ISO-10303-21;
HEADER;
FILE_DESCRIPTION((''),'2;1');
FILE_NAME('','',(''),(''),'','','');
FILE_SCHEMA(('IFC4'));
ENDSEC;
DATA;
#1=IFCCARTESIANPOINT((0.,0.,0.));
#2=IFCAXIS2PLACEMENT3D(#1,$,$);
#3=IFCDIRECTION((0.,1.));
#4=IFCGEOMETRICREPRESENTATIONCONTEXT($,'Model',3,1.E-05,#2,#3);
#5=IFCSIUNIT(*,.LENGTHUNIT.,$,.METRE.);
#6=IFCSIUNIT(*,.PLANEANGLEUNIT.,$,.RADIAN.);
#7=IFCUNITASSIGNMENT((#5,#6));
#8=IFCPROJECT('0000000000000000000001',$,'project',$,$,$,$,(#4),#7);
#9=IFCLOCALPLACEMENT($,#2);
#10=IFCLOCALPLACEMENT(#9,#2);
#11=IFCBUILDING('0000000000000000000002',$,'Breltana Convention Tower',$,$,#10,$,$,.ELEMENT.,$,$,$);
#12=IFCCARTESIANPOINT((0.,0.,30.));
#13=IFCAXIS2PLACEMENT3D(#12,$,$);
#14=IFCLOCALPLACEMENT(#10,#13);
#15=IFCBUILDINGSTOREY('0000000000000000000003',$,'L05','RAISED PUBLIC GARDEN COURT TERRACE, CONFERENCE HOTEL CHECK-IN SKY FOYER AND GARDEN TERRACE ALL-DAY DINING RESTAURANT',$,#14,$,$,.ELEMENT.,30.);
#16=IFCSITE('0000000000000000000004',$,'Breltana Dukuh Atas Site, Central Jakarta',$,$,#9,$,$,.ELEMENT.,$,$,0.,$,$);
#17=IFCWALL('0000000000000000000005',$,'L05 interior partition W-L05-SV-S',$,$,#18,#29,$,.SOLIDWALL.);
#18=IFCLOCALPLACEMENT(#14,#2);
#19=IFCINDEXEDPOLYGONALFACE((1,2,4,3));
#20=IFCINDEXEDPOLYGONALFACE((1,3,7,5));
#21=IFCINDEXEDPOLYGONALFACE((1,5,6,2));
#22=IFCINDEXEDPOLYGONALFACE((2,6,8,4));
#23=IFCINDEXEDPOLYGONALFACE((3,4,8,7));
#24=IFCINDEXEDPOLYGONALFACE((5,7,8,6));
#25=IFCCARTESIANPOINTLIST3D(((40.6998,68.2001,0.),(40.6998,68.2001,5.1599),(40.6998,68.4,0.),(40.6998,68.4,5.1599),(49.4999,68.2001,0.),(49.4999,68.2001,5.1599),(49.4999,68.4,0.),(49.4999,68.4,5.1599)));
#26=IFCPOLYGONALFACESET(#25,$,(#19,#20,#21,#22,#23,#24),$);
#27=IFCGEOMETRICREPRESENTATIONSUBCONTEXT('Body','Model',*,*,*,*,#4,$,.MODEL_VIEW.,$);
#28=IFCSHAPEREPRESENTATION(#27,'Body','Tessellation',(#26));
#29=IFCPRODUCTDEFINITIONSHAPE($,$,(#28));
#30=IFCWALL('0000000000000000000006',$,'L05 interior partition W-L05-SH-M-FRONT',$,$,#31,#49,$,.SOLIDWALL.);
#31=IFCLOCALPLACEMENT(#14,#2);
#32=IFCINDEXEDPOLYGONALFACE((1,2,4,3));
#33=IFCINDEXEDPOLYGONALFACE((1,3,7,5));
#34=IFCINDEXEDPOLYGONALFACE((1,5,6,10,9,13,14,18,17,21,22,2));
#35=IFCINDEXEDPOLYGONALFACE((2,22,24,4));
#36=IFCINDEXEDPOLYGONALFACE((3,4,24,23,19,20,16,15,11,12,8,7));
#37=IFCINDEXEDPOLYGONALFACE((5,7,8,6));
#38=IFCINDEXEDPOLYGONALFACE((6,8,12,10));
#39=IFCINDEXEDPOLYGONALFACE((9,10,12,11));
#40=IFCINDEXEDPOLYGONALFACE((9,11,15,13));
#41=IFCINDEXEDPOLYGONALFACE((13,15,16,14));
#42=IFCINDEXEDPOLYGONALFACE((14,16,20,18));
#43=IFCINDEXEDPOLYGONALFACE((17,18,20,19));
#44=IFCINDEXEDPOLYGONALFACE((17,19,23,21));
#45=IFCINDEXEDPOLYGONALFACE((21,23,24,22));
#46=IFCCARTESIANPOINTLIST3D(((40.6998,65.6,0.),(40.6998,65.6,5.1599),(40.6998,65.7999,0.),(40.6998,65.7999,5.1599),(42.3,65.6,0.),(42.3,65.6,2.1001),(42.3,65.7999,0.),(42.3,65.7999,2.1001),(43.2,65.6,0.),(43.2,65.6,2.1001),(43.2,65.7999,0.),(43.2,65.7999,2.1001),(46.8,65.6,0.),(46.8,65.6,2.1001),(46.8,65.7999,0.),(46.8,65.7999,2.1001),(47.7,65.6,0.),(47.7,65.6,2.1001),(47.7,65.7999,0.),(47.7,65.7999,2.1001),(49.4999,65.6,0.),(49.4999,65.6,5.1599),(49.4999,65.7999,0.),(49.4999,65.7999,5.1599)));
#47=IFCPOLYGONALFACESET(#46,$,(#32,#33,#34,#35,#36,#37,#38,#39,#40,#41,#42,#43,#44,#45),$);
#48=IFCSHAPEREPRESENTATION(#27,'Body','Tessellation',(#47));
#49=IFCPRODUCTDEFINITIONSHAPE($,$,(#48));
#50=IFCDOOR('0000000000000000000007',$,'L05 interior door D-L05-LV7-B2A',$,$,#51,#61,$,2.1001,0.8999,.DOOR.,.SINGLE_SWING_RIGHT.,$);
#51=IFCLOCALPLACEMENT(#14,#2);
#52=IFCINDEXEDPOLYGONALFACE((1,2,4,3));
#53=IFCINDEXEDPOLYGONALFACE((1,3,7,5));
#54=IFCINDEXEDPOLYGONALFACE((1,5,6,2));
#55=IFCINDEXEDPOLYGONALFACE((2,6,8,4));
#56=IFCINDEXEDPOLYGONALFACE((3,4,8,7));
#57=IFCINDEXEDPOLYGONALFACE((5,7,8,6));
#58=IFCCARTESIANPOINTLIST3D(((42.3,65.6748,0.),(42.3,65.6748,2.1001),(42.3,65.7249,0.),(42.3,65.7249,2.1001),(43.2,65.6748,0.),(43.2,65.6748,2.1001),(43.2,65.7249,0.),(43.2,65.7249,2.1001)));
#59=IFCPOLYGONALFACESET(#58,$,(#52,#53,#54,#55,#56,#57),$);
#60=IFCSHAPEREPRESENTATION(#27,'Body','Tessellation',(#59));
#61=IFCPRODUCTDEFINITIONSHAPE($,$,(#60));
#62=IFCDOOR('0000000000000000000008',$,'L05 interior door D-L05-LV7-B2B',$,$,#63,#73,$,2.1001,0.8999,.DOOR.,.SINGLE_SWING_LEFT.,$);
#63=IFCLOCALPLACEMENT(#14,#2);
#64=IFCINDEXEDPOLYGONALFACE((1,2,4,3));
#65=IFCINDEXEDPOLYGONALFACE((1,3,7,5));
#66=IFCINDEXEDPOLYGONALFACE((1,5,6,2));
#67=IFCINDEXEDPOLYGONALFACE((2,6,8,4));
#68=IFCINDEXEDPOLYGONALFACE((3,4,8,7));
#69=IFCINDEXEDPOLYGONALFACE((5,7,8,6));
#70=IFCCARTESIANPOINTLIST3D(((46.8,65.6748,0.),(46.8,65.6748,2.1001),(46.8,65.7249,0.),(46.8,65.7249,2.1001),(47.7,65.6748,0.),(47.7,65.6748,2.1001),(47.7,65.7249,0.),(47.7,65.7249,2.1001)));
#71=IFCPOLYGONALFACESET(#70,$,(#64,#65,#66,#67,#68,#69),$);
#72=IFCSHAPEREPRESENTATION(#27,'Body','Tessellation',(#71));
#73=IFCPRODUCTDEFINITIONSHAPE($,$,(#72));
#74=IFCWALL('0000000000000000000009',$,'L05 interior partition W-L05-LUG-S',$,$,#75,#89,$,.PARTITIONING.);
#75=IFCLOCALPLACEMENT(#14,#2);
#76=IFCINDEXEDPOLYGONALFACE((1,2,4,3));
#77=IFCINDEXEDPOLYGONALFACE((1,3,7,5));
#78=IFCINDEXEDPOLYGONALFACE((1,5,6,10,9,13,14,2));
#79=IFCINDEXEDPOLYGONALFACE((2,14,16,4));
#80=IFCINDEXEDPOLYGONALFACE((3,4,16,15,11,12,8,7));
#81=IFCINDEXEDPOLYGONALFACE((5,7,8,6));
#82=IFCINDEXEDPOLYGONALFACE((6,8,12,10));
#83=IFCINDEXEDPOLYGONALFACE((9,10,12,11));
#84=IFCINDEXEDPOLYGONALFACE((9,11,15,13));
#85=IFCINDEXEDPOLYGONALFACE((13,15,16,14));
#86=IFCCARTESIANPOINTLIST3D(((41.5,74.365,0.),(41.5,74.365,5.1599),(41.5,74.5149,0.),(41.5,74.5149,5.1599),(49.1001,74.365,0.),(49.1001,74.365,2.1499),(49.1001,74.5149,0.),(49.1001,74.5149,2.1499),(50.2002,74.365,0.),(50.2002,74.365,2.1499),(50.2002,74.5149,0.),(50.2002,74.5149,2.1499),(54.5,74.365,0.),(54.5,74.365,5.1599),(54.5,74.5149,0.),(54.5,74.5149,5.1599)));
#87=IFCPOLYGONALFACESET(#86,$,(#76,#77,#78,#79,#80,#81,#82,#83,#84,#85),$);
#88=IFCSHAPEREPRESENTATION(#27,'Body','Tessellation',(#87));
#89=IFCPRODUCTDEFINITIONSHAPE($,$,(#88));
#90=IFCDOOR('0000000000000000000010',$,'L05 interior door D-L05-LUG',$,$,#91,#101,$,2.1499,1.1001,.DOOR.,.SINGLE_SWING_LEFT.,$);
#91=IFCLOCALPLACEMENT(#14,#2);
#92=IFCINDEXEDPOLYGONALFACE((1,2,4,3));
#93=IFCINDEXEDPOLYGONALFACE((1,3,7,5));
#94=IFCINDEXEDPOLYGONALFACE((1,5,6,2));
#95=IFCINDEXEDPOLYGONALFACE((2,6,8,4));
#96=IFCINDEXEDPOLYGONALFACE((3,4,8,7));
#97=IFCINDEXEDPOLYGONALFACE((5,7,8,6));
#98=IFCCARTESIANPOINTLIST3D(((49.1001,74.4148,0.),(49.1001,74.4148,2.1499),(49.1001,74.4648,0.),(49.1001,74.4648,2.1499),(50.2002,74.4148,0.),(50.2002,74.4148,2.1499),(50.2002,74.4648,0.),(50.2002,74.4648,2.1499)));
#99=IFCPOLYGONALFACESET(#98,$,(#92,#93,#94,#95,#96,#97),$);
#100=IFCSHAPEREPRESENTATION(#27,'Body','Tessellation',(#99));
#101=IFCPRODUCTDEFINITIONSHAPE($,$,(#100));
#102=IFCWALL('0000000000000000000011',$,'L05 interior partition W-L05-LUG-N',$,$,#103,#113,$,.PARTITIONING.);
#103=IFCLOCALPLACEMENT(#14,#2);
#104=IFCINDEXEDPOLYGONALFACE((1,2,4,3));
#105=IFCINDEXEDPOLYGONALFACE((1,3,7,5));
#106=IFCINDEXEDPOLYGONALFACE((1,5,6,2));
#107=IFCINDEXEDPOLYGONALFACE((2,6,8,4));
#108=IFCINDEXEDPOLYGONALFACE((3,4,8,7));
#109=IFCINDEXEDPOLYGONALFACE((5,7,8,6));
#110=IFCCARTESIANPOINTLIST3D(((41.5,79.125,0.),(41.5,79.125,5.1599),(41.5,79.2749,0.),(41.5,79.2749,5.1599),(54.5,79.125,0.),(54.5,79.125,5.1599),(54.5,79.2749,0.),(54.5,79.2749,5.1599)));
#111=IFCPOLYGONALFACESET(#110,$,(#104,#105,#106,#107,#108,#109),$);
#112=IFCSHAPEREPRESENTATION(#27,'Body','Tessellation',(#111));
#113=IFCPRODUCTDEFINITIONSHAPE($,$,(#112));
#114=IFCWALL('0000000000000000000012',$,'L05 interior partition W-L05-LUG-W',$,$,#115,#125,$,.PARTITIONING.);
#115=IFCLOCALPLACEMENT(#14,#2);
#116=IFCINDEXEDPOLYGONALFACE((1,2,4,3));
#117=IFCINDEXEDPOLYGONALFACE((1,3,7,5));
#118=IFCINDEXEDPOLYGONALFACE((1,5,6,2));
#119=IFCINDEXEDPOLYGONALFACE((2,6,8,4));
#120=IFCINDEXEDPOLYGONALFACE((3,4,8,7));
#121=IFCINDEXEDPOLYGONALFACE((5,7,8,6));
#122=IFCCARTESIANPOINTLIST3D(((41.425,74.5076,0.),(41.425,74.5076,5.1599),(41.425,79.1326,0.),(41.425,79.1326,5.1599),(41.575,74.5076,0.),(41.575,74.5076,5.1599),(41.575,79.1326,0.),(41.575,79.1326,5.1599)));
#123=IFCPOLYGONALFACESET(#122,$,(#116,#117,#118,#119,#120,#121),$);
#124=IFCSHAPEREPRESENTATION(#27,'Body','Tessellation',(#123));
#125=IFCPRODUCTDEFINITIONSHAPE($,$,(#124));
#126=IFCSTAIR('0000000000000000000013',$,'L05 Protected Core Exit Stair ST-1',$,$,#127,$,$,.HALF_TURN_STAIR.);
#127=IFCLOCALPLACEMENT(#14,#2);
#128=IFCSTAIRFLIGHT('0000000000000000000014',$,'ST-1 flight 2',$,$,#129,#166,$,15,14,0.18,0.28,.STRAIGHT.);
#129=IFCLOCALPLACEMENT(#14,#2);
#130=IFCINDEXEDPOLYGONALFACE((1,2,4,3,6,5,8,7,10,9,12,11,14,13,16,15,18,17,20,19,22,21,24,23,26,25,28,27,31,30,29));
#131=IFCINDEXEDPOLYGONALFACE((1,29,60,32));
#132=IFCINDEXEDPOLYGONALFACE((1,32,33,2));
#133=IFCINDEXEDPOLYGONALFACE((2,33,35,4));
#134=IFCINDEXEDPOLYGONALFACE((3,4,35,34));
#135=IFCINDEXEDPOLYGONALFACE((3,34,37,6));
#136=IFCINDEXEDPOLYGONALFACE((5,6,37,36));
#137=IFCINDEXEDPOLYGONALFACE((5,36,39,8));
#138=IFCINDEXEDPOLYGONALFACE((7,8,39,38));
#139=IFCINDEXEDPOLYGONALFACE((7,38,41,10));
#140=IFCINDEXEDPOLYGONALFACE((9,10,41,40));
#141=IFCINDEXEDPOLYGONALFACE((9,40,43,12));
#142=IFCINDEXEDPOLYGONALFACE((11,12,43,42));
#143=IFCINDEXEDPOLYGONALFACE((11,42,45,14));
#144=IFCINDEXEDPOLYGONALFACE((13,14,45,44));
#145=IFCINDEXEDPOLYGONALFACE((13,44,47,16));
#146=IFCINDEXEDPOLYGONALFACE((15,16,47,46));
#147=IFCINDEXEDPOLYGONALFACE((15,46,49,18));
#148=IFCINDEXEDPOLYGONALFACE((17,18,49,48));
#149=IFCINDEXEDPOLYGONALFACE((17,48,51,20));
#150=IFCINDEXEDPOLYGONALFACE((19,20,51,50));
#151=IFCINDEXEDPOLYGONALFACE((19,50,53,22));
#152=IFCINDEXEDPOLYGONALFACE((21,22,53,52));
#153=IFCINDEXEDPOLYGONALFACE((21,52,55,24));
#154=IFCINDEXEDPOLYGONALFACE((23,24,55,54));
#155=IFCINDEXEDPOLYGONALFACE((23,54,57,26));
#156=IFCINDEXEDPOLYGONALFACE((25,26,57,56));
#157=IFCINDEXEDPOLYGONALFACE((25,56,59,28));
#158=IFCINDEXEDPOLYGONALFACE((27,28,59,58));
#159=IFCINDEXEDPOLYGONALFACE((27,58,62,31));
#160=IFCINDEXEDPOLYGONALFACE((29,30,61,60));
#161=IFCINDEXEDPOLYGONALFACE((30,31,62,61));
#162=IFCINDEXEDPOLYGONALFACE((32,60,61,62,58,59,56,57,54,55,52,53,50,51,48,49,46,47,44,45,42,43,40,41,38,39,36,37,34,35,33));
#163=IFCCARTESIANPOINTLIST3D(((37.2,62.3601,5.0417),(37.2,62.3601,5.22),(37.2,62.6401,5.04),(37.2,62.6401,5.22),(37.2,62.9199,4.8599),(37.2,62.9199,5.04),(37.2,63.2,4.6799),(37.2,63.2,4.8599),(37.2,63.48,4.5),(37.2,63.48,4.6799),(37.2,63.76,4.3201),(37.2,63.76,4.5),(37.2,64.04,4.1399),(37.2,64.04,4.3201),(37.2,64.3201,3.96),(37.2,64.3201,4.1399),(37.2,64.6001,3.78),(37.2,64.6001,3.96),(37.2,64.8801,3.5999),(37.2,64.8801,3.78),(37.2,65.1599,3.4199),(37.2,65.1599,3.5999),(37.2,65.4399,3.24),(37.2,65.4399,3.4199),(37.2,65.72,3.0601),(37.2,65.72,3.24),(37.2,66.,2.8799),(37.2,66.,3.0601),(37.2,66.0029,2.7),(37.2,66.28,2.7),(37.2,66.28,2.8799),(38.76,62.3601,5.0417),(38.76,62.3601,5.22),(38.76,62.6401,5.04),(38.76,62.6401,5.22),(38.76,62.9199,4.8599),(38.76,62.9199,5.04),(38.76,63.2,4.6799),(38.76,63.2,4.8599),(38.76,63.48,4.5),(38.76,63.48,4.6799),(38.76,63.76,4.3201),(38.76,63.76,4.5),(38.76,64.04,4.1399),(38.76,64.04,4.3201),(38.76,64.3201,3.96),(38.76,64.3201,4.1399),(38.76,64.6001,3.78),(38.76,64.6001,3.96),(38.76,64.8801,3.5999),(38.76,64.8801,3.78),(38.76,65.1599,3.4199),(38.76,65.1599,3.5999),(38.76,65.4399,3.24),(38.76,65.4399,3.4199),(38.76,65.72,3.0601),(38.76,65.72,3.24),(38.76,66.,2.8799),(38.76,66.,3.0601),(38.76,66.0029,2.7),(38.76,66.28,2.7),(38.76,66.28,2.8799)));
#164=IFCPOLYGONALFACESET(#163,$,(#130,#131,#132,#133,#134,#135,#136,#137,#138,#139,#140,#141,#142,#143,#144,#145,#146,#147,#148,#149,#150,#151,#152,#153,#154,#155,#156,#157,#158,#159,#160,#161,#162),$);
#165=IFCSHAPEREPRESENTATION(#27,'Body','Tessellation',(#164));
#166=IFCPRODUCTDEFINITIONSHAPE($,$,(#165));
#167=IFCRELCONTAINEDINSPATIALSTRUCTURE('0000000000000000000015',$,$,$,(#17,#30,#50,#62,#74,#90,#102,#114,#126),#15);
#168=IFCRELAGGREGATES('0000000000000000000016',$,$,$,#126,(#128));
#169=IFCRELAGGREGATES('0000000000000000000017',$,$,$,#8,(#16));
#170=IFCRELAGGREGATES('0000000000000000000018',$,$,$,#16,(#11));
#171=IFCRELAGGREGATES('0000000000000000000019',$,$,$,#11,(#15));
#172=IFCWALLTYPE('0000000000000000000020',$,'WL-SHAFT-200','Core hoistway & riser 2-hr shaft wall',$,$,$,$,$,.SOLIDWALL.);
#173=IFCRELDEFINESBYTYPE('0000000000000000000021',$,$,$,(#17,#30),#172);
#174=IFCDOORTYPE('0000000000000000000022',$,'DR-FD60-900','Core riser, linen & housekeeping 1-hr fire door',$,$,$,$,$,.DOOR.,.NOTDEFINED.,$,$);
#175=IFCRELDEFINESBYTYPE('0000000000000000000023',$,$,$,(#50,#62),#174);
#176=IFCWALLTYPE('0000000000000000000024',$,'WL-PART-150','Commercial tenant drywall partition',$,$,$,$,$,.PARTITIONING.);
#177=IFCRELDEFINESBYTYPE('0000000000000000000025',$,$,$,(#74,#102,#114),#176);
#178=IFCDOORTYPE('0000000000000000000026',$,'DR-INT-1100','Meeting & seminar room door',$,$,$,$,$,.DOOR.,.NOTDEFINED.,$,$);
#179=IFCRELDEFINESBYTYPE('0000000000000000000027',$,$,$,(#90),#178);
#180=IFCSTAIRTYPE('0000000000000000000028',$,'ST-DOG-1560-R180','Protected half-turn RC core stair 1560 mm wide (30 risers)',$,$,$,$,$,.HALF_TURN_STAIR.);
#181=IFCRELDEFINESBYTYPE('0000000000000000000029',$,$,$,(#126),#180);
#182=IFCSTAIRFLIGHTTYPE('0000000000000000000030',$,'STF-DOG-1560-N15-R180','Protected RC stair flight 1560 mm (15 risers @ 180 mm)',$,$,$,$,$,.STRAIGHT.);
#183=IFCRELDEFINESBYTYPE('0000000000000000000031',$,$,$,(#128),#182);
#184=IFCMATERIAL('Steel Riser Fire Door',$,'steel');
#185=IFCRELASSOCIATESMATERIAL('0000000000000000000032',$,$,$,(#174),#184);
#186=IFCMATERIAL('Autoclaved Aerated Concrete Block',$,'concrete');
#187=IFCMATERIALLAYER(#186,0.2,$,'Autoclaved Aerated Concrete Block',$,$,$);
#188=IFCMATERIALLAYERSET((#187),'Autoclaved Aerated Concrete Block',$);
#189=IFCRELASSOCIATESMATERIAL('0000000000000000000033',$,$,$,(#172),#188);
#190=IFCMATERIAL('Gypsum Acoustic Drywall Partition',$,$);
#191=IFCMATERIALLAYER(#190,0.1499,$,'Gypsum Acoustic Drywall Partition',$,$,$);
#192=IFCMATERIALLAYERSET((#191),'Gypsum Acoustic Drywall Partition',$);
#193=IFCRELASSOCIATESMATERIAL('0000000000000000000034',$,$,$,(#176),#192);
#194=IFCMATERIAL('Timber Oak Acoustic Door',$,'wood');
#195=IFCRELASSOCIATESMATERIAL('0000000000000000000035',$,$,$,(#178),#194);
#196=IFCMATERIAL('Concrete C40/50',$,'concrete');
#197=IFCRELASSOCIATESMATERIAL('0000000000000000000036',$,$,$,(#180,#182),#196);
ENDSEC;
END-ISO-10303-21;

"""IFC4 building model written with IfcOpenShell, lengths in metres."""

from ifc_helpers import new_model, si_unit, direction, frame, frame_2d, origin, place, context, subcontext, project, spatial, polyline, rectangle, outline, extrude, source, transform, mapped, material, layer, layer_set, type_object, type_shapes, element, fill, aggregate, save


model = new_model("IFC4")

# Units and contexts
model_context = context("Model", 3, precision=1e-05, world=origin(), true_north=direction((0.0, 1.0)))
body_context = subcontext(model_context, "Body", "Model", "MODEL_VIEW")
ifc_project = project(units=[si_unit("LENGTHUNIT", "METRE"), si_unit("PLANEANGLEUNIT", "RADIAN")], contexts=[model_context])

# Site, building, storey
site_placement = place(None, origin())
site = spatial("IfcSite", under=ifc_project, at=site_placement, Name="Breltana Dukuh Atas Site, Central Jakarta", CompositionType="ELEMENT", RefElevation=0.0)
building_placement = place(site_placement, origin())
building = spatial("IfcBuilding", under=site, at=building_placement, Name="Breltana Convention Tower", CompositionType="ELEMENT")
storey_placement = place(building_placement, frame((0.0, 0.0, 30.0)))
storey = spatial("IfcBuildingStorey", under=building, at=storey_placement, Name="L05", Description="RAISED PUBLIC GARDEN COURT TERRACE, CONFERENCE HOTEL CHECK-IN SKY FOYER AND GARDEN TERRACE ALL-DAY DINING RESTAURANT", CompositionType="ELEMENT", Elevation=30.0)

# Shared definitions
ifc_material_1 = material(Name="Steel Riser Fire Door", Category="steel")
door_type_1 = type_object("IfcDoorType", Name="DR-FD60-900", Description="Core riser, linen & housekeeping 1-hr fire door", OperationType="NOTDEFINED", PredefinedType="DOOR", material=ifc_material_1)
shared_shape_1 = source(origin(), body_context, "Body", "SweptSolid", [
    extrude(rectangle(XDim=0.8999, YDim=2.1001, at=frame_2d((0.45, 1.05))), frame((0.0, 0.0249, 0.0), z_axis=(0.0, -1.0, 0.0), x_axis=(1.0, 0.0, 0.0)), (0.0, 0.0, 1.0), 0.05),
])
type_shapes(door_type_1, [shared_shape_1])

# Wall
ifc_material_2 = material(Name="Autoclaved Aerated Concrete Block", Category="concrete")
ifc_layer_1 = layer(ifc_material_2, 0.2, Name="Autoclaved Aerated Concrete Block")
ifc_layer_set_1 = layer_set([ifc_layer_1], Name="Autoclaved Aerated Concrete Block")
wall_type_1 = type_object("IfcWallType", Name="WL-SHAFT-200", Description="Core hoistway & riser 2-hr shaft wall", PredefinedType="SOLIDWALL", material=ifc_layer_set_1)
shared_shape_2 = source(origin(), body_context, "Body", "SweptSolid", [
    extrude(rectangle(XDim=8.8, YDim=0.2, at=frame_2d((4.3999, 0.0))), origin(), (0.0, 0.0, 1.0), 5.1599),
])
wall_1_placement = place(storey_placement, frame((40.7, 68.3, 0.0), z_axis=(0.0, 0.0, 1.0), x_axis=(1.0, 0.0, 0.0)))
element("IfcWall", 1, at=wall_1_placement, inside=storey, type_object=wall_type_1, Name="L05 interior partition W-L05-SV-S", PredefinedType="SOLIDWALL", context=body_context, shape_type="MappedRepresentation", body=[
    mapped(shared_shape_2, transform((0.0, 0.0, 0.0), scale=1.0)),
])

# Wall, openings, doors
wall_2_placement = place(storey_placement, frame((40.7, 65.7, 0.0), z_axis=(0.0, 0.0, 1.0), x_axis=(1.0, 0.0, 0.0)))
wall_2 = element("IfcWall", 2, at=wall_2_placement, inside=storey, type_object=wall_type_1, Name="L05 interior partition W-L05-SH-M-FRONT", PredefinedType="SOLIDWALL", context=body_context, shape_type="MappedRepresentation", body=[
    mapped(shared_shape_2, transform((0.0, 0.0, 0.0), scale=1.0)),
])
opening_1_placement = place(wall_2_placement, frame((1.6001, 0.0, 0.0)))
opening_1 = element("IfcOpeningElement", 3, at=opening_1_placement, cuts=wall_2, PredefinedType="OPENING", context=body_context, shape_type="SweptSolid", body=[
    extrude(rectangle(XDim=0.8999, YDim=2.1001, at=frame_2d((0.45, 1.05))), frame((0.0, 0.1099, 0.0), z_axis=(0.0, -1.0, 0.0), x_axis=(1.0, 0.0, 0.0)), (0.0, 0.0, 1.0), 0.22),
])
opening_2_placement = place(wall_2_placement, frame((6.1001, 0.0, 0.0)))
opening_2 = element("IfcOpeningElement", 4, at=opening_2_placement, cuts=wall_2, PredefinedType="OPENING", context=body_context, shape_type="SweptSolid", body=[
    extrude(rectangle(XDim=0.8999, YDim=2.1001, at=frame_2d((0.45, 1.05))), frame((0.0, 0.1099, 0.0), z_axis=(0.0, -1.0, 0.0), x_axis=(1.0, 0.0, 0.0)), (0.0, 0.0, 1.0), 0.22),
])
door_1_placement = place(opening_1_placement, origin())
door_1 = element("IfcDoor", 5, at=door_1_placement, inside=storey, type_object=door_type_1, Name="L05 interior door D-L05-LV7-B2A", OperationType="SINGLE_SWING_RIGHT", OverallHeight=2.1001, OverallWidth=0.8999, PredefinedType="DOOR", context=body_context, shape_type="MappedRepresentation", body=[
    mapped(shared_shape_1, transform((0.0, 0.0, 0.0), scale=1.0)),
])
fill(opening_1, door_1)
door_2_placement = place(opening_2_placement, origin())
door_2 = element("IfcDoor", 6, at=door_2_placement, inside=storey, type_object=door_type_1, Name="L05 interior door D-L05-LV7-B2B", OperationType="SINGLE_SWING_LEFT", OverallHeight=2.1001, OverallWidth=0.8999, PredefinedType="DOOR", context=body_context, shape_type="MappedRepresentation", body=[
    mapped(shared_shape_1, transform((0.0, 0.0, 0.0), scale=1.0)),
])
fill(opening_2, door_2)

# Wall, opening, door
ifc_material_3 = material(Name="Gypsum Acoustic Drywall Partition")
ifc_layer_2 = layer(ifc_material_3, 0.1499, Name="Gypsum Acoustic Drywall Partition")
ifc_layer_set_2 = layer_set([ifc_layer_2], Name="Gypsum Acoustic Drywall Partition")
wall_type_2 = type_object("IfcWallType", Name="WL-PART-150", Description="Commercial tenant drywall partition", PredefinedType="PARTITIONING", material=ifc_layer_set_2)
shared_shape_3 = source(origin(), body_context, "Body", "SweptSolid", [
    extrude(rectangle(XDim=13.0, YDim=0.1499, at=frame_2d((6.5, 0.0))), origin(), (0.0, 0.0, 1.0), 5.1599),
])
wall_3_placement = place(storey_placement, frame((41.5, 74.4399, 0.0), z_axis=(0.0, 0.0, 1.0), x_axis=(1.0, 0.0, 0.0)))
wall_3 = element("IfcWall", 7, at=wall_3_placement, inside=storey, type_object=wall_type_2, Name="L05 interior partition W-L05-LUG-S", PredefinedType="PARTITIONING", context=body_context, shape_type="MappedRepresentation", body=[
    mapped(shared_shape_3, transform((0.0, 0.0, 0.0), scale=1.0)),
])
opening_3_placement = place(wall_3_placement, frame((7.6001, 0.0, 0.0)))
opening_3 = element("IfcOpeningElement", 8, at=opening_3_placement, cuts=wall_3, PredefinedType="OPENING", context=body_context, shape_type="SweptSolid", body=[
    extrude(rectangle(XDim=1.1001, YDim=2.1499, at=frame_2d((0.55, 1.075))), frame((0.0, 0.085, 0.0), z_axis=(0.0, -1.0, 0.0), x_axis=(1.0, 0.0, 0.0)), (0.0, 0.0, 1.0), 0.1699),
])
ifc_material_4 = material(Name="Timber Oak Acoustic Door", Category="wood")
door_type_2 = type_object("IfcDoorType", Name="DR-INT-1100", Description="Meeting & seminar room door", OperationType="NOTDEFINED", PredefinedType="DOOR", material=ifc_material_4)
shared_shape_4 = source(origin(), body_context, "Body", "SweptSolid", [
    extrude(rectangle(XDim=1.1001, YDim=2.1499, at=frame_2d((0.55, 1.075))), frame((0.0, 0.0249, 0.0), z_axis=(0.0, -1.0, 0.0), x_axis=(1.0, 0.0, 0.0)), (0.0, 0.0, 1.0), 0.05),
])
type_shapes(door_type_2, [shared_shape_4])
door_3_placement = place(opening_3_placement, origin())
door_3 = element("IfcDoor", 9, at=door_3_placement, inside=storey, type_object=door_type_2, Name="L05 interior door D-L05-LUG", OperationType="SINGLE_SWING_LEFT", OverallHeight=2.1499, OverallWidth=1.1001, PredefinedType="DOOR", context=body_context, shape_type="MappedRepresentation", body=[
    mapped(shared_shape_4, transform((0.0, 0.0, 0.0), scale=1.0)),
])
fill(opening_3, door_3)

# Walls
wall_4_placement = place(storey_placement, frame((41.5, 79.2, 0.0), z_axis=(0.0, 0.0, 1.0), x_axis=(1.0, 0.0, 0.0)))
element("IfcWall", 10, at=wall_4_placement, inside=storey, type_object=wall_type_2, Name="L05 interior partition W-L05-LUG-N", PredefinedType="PARTITIONING", context=body_context, shape_type="MappedRepresentation", body=[
    mapped(shared_shape_3, transform((0.0, 0.0, 0.0), scale=1.0)),
])
shared_shape_5 = source(origin(), body_context, "Body", "SweptSolid", [
    extrude(rectangle(XDim=4.625, YDim=0.1499, at=frame_2d((2.3125, 0.0))), origin(), (0.0, 0.0, 1.0), 5.1599),
])
wall_5_placement = place(storey_placement, frame((41.5, 74.5076, 0.0), z_axis=(0.0, 0.0, 1.0), x_axis=(0.0, 1.0, 0.0)))
element("IfcWall", 11, at=wall_5_placement, inside=storey, type_object=wall_type_2, Name="L05 interior partition W-L05-LUG-W", PredefinedType="PARTITIONING", context=body_context, shape_type="MappedRepresentation", body=[
    mapped(shared_shape_5, transform((0.0, 0.0, 0.0), scale=1.0)),
])

# Stair, stair flight
ifc_material_5 = material(Name="Concrete C40/50", Category="concrete")
stair_type = type_object("IfcStairType", Name="ST-DOG-1560-R180", Description="Protected half-turn RC core stair 1560 mm wide (30 risers)", PredefinedType="HALF_TURN_STAIR", material=ifc_material_5)
stair_placement = place(storey_placement, origin())
stair = element("IfcStair", 12, at=stair_placement, inside=storey, type_object=stair_type, Name="L05 Protected Core Exit Stair ST-1", PredefinedType="HALF_TURN_STAIR")
stair_flight_type = type_object("IfcStairFlightType", Name="STF-DOG-1560-N15-R180", Description="Protected RC stair flight 1560 mm (15 risers @ 180 mm)", PredefinedType="STRAIGHT", material=ifc_material_5)
stair_flight_placement = place(storey_placement, frame((37.98, 66.28, 2.7), z_axis=(0.0, 0.0, 1.0), x_axis=(0.0, -1.0, 0.0)))
stair_flight = element("IfcStairFlight", 13, at=stair_flight_placement, type_object=stair_flight_type, Name="ST-1 flight 2", NumberOfRisers=15, NumberOfTreads=14, PredefinedType="STRAIGHT", RiserHeight=0.18, TreadLength=0.28, context=body_context, shape_type="SweptSolid", body=[
    extrude(outline(polyline([(0.0, 0.0), (0.0, 0.1799), (0.28, 0.1799), (0.28, 0.3601), (0.5601, 0.3601), (0.5601, 0.54), (0.8401, 0.54), (0.8401, 0.72), (1.1201, 0.72), (1.1201, 0.8999), (1.3999, 0.8999), (1.3999, 1.0801), (1.6799, 1.0801), (1.6799, 1.26), (1.96, 1.26), (1.96, 1.4399), (2.24, 1.4399), (2.24, 1.6201), (2.52, 1.6201), (2.52, 1.8), (2.8, 1.8), (2.8, 1.98), (3.0801, 1.98), (3.0801, 2.1599), (3.3601, 2.1599), (3.3601, 2.3401), (3.6399, 2.3401), (3.6399, 2.52), (3.9199, 2.52), (3.9199, 2.7), (3.9199, 2.3418), (0.2771, 0.0), (0.0, 0.0)])), frame((0.0, 0.78, 0.0), z_axis=(0.0, -1.0, 0.0), x_axis=(1.0, 0.0, 0.0)), (0.0, 0.0, 1.0), 1.5601),
])
aggregate(stair, [stair_flight])

save(model, "model.ifc")
